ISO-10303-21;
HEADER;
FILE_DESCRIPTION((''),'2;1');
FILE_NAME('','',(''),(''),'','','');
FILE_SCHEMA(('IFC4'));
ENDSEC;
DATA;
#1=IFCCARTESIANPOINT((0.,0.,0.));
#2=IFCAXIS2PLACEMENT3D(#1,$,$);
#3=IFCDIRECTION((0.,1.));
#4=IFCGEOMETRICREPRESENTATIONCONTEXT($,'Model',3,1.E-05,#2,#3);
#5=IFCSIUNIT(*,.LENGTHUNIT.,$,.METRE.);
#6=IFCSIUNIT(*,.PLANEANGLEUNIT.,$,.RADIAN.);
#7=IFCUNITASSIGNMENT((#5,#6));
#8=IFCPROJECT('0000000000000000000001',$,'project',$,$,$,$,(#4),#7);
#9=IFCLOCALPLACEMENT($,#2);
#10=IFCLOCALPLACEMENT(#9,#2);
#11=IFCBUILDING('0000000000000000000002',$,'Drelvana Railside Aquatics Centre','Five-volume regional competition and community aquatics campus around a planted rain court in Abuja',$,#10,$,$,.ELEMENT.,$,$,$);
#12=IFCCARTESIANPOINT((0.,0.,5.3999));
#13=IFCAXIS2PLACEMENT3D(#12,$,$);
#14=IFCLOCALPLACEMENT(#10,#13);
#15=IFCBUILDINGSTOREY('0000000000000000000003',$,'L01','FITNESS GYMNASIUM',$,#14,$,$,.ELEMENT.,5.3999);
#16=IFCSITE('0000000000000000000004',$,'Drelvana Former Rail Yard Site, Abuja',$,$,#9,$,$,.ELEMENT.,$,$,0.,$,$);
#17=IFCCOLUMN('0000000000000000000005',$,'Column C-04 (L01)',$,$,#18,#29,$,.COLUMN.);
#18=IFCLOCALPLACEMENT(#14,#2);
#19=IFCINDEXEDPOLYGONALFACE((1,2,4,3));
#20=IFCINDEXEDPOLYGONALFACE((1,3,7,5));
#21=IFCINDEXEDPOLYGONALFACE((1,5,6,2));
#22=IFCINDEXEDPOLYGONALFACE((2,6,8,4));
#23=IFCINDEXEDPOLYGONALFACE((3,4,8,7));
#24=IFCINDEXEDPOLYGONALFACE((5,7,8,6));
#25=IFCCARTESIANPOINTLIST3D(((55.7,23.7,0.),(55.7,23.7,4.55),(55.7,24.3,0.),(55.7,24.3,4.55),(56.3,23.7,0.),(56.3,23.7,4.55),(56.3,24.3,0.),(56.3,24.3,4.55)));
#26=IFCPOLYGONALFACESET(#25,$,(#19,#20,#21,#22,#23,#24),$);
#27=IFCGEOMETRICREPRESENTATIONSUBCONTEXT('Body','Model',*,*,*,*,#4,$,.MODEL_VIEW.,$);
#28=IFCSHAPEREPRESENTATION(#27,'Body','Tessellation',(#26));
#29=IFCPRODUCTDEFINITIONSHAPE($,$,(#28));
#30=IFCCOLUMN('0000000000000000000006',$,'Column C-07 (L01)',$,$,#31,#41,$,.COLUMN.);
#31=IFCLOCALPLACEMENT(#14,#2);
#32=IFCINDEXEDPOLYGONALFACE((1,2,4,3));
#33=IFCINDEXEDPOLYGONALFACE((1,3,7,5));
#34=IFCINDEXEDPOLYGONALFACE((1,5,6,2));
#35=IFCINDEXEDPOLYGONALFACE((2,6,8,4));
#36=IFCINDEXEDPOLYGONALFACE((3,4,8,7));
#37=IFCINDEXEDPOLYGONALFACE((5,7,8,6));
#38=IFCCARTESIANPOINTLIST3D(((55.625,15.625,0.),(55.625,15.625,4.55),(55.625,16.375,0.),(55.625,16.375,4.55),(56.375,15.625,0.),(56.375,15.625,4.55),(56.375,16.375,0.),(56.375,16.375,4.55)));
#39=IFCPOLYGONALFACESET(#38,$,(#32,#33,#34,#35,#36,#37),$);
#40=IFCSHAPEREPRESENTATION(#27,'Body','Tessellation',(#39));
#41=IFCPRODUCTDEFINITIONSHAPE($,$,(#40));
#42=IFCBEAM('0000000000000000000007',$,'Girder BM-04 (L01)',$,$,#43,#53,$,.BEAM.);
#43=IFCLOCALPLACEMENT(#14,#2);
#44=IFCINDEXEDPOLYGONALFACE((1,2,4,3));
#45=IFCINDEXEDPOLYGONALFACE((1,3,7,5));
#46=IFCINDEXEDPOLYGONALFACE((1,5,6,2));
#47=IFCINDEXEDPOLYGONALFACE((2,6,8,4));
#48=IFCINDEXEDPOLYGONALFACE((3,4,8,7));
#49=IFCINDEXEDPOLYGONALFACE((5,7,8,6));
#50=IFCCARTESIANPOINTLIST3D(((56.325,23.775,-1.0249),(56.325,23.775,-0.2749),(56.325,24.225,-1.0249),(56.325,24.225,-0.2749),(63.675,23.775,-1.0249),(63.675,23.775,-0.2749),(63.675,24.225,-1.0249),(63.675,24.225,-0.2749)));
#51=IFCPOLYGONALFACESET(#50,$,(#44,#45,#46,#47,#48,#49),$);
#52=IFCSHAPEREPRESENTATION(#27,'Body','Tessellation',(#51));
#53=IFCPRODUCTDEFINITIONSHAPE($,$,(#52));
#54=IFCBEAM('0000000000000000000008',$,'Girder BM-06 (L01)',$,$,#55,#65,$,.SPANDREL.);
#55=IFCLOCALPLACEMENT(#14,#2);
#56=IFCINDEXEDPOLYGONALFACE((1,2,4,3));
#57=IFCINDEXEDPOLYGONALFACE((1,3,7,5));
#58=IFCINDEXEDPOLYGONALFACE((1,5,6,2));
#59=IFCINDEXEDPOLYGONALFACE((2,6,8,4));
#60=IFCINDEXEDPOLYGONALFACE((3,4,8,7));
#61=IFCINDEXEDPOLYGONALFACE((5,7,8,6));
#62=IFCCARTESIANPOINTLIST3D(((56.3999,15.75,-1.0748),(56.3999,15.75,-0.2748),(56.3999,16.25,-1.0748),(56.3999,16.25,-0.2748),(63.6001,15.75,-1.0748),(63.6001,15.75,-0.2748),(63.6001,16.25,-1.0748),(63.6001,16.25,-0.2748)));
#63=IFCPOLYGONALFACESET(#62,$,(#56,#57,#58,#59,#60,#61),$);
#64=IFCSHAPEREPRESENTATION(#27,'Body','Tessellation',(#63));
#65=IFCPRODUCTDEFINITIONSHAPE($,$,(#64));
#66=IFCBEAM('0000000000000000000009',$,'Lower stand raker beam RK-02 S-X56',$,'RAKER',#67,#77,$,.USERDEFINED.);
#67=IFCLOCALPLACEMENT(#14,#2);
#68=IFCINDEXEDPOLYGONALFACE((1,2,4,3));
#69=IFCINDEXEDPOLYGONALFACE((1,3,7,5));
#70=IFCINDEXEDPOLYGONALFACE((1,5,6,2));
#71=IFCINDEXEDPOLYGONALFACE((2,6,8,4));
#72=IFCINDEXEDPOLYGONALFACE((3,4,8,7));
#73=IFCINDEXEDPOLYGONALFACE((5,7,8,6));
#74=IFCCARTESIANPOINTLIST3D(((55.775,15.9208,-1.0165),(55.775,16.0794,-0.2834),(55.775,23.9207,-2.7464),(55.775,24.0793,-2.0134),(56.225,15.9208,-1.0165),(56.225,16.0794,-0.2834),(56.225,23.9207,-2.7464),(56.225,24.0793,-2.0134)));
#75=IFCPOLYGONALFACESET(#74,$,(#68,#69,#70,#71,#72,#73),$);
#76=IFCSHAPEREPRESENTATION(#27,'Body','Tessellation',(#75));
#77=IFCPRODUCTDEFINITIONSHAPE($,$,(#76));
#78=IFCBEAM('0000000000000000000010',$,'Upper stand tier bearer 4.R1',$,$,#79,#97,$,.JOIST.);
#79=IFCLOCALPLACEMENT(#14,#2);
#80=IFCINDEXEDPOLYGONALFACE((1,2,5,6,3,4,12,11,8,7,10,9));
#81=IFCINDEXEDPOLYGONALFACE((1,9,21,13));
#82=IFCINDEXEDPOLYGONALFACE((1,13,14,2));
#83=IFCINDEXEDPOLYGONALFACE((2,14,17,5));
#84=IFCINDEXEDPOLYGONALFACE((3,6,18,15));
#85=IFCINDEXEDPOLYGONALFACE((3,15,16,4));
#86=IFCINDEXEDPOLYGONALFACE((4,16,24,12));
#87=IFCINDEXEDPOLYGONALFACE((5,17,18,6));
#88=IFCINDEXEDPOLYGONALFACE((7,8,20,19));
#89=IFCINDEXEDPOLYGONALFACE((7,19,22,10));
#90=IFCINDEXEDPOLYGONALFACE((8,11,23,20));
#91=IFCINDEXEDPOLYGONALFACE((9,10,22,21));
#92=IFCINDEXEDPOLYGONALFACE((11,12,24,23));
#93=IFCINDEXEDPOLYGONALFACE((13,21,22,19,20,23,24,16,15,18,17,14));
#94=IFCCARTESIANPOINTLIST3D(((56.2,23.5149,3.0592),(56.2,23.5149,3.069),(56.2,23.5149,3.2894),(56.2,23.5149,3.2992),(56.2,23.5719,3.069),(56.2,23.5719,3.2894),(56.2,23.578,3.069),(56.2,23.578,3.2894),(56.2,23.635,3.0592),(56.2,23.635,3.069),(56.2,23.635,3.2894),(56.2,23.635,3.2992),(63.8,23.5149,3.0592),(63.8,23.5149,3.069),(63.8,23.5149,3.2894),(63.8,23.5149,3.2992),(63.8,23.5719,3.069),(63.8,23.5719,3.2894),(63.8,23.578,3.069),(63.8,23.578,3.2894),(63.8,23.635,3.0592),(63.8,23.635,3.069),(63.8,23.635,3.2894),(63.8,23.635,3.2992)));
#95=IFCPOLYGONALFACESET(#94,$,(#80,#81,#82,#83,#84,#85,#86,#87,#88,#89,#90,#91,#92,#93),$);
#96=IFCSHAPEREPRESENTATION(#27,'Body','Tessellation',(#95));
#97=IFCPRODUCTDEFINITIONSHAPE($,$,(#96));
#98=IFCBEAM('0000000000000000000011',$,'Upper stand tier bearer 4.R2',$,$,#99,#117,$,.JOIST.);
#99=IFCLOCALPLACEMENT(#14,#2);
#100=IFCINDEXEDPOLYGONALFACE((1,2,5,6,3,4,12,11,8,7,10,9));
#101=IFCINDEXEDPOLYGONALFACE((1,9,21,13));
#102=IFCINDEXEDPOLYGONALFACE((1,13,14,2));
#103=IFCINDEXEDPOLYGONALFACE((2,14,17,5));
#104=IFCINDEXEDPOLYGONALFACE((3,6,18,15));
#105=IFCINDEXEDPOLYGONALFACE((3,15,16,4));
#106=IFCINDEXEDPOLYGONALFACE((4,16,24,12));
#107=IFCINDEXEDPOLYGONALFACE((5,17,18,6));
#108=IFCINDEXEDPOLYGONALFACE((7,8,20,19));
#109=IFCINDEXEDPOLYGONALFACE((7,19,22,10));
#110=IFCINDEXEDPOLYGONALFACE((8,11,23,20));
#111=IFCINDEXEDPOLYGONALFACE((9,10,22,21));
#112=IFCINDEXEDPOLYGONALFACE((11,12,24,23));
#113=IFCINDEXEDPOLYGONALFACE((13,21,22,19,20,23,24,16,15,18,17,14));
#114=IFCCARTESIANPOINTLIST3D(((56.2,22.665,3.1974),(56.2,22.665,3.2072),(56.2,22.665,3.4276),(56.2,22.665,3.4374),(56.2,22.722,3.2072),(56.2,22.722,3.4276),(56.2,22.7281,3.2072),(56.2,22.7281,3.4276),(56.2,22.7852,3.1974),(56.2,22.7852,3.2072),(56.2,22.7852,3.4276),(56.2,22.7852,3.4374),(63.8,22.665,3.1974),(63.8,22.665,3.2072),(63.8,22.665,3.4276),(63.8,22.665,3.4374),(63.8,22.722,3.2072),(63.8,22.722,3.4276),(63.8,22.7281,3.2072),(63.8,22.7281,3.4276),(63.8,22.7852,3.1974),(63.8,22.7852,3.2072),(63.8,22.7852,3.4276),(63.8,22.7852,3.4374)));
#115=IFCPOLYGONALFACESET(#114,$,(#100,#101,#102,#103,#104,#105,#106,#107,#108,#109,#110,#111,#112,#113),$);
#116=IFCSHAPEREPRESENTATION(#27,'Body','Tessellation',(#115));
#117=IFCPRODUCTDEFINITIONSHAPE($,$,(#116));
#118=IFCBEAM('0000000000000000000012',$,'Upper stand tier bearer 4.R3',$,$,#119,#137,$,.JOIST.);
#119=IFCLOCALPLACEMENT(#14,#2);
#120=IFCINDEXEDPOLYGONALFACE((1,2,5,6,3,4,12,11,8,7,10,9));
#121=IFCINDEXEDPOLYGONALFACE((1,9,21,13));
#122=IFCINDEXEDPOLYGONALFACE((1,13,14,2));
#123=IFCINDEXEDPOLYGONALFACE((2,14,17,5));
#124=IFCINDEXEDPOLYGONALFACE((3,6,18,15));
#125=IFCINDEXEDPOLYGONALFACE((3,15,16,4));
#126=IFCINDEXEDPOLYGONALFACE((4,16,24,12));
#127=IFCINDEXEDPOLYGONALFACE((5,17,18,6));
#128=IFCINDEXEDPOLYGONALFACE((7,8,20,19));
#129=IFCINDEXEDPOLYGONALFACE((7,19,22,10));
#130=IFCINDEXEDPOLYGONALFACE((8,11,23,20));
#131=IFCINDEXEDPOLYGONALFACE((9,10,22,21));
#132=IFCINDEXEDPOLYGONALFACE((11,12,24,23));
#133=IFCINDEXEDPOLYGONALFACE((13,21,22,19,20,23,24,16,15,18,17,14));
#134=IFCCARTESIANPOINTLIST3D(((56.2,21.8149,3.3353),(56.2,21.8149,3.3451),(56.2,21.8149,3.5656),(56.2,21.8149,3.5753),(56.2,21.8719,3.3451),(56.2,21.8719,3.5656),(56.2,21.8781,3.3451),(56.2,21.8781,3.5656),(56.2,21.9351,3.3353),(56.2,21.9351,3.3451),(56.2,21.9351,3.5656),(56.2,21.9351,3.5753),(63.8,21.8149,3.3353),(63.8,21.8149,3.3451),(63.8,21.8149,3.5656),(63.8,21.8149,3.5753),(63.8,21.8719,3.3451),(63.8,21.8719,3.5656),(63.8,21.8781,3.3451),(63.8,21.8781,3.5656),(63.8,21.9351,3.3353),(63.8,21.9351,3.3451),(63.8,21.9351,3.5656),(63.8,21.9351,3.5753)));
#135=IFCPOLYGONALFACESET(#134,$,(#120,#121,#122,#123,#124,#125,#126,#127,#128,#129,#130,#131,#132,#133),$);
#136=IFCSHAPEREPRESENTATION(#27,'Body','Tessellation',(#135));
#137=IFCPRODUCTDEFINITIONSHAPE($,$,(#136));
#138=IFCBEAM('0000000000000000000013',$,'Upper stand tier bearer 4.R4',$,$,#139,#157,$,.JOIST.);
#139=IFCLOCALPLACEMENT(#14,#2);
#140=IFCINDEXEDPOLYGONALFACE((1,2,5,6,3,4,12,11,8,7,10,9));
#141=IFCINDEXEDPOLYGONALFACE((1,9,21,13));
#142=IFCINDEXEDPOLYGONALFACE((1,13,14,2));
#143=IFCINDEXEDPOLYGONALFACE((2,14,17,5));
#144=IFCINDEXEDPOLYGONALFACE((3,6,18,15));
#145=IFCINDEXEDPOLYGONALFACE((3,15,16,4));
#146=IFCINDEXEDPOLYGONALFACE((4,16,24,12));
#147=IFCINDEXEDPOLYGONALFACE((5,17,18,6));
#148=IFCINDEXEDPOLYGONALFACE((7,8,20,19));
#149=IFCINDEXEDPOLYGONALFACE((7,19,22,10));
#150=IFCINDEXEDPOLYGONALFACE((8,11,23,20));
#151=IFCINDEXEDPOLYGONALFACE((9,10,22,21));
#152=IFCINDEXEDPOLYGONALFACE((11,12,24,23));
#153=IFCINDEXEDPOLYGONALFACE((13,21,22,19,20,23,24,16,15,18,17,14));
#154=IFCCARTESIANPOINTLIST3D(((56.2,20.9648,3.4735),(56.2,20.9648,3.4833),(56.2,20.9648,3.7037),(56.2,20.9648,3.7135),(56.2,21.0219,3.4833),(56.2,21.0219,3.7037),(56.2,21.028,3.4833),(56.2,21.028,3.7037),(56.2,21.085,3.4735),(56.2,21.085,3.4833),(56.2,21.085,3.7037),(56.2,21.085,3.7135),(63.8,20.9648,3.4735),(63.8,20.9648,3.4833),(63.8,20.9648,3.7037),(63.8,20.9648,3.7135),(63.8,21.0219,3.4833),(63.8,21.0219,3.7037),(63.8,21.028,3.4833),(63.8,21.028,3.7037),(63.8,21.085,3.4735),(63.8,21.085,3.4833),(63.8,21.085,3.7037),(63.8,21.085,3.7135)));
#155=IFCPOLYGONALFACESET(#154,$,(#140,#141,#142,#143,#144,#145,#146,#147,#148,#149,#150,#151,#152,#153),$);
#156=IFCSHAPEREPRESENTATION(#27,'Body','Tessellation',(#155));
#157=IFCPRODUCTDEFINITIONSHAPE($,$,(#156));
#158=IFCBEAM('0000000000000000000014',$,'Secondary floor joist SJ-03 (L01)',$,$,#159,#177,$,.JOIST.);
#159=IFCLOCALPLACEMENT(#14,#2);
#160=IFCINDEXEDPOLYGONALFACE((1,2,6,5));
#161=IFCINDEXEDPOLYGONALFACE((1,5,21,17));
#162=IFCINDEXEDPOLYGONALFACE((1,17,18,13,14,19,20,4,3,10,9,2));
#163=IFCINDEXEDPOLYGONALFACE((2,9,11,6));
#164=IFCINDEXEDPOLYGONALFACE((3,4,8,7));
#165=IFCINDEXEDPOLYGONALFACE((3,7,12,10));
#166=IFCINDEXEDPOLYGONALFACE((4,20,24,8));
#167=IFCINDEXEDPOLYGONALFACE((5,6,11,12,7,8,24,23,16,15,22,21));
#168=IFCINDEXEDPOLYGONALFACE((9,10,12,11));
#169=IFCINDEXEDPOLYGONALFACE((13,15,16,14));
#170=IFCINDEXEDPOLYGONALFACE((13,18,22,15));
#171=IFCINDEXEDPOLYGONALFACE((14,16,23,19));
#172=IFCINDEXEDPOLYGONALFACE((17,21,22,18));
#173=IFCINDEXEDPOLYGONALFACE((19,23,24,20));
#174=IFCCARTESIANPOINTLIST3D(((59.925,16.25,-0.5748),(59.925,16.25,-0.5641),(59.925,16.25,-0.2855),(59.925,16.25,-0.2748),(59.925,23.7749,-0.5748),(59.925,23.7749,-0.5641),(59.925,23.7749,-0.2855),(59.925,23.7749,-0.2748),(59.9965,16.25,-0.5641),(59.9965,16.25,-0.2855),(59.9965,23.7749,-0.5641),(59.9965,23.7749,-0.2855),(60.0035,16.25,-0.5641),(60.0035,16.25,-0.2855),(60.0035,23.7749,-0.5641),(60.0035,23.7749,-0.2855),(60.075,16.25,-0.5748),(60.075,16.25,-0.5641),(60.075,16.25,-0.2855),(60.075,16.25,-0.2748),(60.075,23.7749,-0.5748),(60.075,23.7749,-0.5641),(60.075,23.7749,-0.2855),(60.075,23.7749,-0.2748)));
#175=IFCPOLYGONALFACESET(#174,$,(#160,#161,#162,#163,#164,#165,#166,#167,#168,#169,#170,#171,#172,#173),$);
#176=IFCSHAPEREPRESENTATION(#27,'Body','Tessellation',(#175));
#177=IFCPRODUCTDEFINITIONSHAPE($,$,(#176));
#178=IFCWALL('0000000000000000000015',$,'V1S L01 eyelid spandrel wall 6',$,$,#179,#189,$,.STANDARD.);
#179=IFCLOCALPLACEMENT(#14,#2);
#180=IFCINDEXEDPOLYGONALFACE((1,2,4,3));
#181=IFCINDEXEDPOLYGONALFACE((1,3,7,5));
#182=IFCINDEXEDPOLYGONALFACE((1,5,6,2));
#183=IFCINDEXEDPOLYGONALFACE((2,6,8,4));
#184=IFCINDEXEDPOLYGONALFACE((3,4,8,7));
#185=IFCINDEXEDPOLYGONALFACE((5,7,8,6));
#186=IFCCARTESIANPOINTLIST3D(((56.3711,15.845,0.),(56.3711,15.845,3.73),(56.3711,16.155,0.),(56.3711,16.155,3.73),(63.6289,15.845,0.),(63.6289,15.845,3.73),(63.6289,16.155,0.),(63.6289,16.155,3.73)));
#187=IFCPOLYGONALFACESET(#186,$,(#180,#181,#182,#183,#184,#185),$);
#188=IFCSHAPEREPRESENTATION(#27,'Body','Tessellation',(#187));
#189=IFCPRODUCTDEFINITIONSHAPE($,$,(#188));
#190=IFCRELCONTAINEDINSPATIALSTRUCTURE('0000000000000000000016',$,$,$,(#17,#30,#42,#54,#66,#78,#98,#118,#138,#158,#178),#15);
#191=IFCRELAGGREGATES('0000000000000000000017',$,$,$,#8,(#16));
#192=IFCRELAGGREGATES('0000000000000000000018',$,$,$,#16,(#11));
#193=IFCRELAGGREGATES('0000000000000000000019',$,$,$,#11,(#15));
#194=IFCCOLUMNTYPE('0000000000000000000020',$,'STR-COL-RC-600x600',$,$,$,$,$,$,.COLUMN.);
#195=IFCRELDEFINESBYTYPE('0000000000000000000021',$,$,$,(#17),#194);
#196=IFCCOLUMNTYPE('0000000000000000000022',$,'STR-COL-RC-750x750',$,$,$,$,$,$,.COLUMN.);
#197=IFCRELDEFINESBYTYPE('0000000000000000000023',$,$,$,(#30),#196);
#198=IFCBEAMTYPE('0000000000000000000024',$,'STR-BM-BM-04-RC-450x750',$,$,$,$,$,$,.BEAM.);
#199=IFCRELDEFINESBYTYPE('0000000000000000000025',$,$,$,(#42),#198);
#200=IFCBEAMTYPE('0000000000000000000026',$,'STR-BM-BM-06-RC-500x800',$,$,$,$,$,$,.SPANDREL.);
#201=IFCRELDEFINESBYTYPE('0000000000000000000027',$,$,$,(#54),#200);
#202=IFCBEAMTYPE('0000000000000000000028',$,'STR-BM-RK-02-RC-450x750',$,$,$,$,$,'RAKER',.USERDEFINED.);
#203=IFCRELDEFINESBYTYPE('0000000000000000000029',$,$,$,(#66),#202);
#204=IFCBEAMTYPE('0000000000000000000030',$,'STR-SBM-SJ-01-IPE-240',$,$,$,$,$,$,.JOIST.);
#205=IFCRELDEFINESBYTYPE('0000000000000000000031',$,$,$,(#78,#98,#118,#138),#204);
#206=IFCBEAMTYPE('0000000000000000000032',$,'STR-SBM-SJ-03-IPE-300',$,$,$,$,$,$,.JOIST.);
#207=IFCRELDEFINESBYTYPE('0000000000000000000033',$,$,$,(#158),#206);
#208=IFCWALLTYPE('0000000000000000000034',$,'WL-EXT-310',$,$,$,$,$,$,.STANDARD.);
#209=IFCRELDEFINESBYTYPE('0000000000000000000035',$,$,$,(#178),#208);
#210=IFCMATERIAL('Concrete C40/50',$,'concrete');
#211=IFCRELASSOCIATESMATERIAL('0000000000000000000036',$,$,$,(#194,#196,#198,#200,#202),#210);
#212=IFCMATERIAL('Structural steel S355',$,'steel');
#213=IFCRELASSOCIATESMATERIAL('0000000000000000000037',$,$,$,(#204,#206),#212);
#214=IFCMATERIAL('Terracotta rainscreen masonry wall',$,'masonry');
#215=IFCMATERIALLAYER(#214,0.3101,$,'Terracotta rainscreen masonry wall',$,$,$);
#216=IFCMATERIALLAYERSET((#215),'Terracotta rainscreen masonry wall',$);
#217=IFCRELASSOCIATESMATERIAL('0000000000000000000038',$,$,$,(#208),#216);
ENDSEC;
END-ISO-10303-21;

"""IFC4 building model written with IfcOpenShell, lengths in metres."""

from ifc_helpers import new_model, si_unit, direction, frame, frame_2d, origin, origin_2d, place, context, subcontext, project, spatial, rectangle, i_section, extrude, material, layer, layer_set, material_profile, profile_set, type_object, element, save


model = new_model("IFC4")

# Units and contexts
model_context = context("Model", 3, precision=1e-05, world=origin(), true_north=direction((0.0, 1.0)))
body_context = subcontext(model_context, "Body", "Model", "MODEL_VIEW")
ifc_project = project(units=[si_unit("LENGTHUNIT", "METRE"), si_unit("PLANEANGLEUNIT", "RADIAN")], contexts=[model_context])

# Site, building, storey
site_placement = place(None, origin())
site = spatial("IfcSite", under=ifc_project, at=site_placement, Name="Drelvana Former Rail Yard Site, Abuja", CompositionType="ELEMENT", RefElevation=0.0)
building_placement = place(site_placement, origin())
building = spatial("IfcBuilding", under=site, at=building_placement, Name="Drelvana Railside Aquatics Centre", Description="Five-volume regional competition and community aquatics campus around a planted rain court in Abuja", CompositionType="ELEMENT")
storey_placement = place(building_placement, frame((0.0, 0.0, 5.3999)))
storey = spatial("IfcBuildingStorey", under=building, at=storey_placement, Name="L01", Description="FITNESS GYMNASIUM", CompositionType="ELEMENT", Elevation=5.3999)

# Columns
ifc_material_1 = material(Name="Concrete C40/50", Category="concrete")
ifc_material_profile_1 = material_profile(ifc_material_1, rectangle(XDim=0.6001, YDim=0.6001, at=origin_2d()), Name="RC 600x600")
ifc_profile_set_1 = profile_set([ifc_material_profile_1], Name="Concrete C40/50")
column_type_1 = type_object("IfcColumnType", Name="STR-COL-RC-600x600", PredefinedType="COLUMN", material=ifc_profile_set_1)
column_1_placement = place(storey_placement, frame((56.0, 24.0, 0.0), z_axis=(0.0, 0.0, 1.0), x_axis=(1.0, 0.0, 0.0)))
element("IfcColumn", 1, at=column_1_placement, inside=storey, type_object=column_type_1, Name="Column C-04 (L01)", PredefinedType="COLUMN", context=body_context, shape_type="SweptSolid", body=[
    extrude(rectangle(XDim=0.6001, YDim=0.6001, at=origin_2d()), origin(), (0.0, 0.0, 1.0), 4.55),
])
ifc_material_profile_2 = material_profile(ifc_material_1, rectangle(XDim=0.75, YDim=0.75, at=origin_2d()), Name="RC 750x750")
ifc_profile_set_2 = profile_set([ifc_material_profile_2], Name="Concrete C40/50")
column_type_2 = type_object("IfcColumnType", Name="STR-COL-RC-750x750", PredefinedType="COLUMN", material=ifc_profile_set_2)
column_2_placement = place(storey_placement, frame((56.0, 16.0, 0.0), z_axis=(0.0, 0.0, 1.0), x_axis=(1.0, 0.0, 0.0)))
element("IfcColumn", 2, at=column_2_placement, inside=storey, type_object=column_type_2, Name="Column C-07 (L01)", PredefinedType="COLUMN", context=body_context, shape_type="SweptSolid", body=[
    extrude(rectangle(XDim=0.75, YDim=0.75, at=origin_2d()), origin(), (0.0, 0.0, 1.0), 4.55),
])

# Beams
ifc_material_profile_3 = material_profile(ifc_material_1, rectangle(XDim=0.45, YDim=0.75, at=origin_2d()), Name="RC 450x750")
ifc_profile_set_3 = profile_set([ifc_material_profile_3], Name="Concrete C40/50")
beam_type_1 = type_object("IfcBeamType", Name="STR-BM-BM-04-RC-450x750", PredefinedType="BEAM", material=ifc_profile_set_3)
beam_1_placement = place(storey_placement, frame((56.325, 24.0, -0.6499), z_axis=(1.0, 0.0, 0.0), x_axis=(0.0, 1.0, 0.0)))
element("IfcBeam", 3, at=beam_1_placement, inside=storey, type_object=beam_type_1, Name="Girder BM-04 (L01)", PredefinedType="BEAM", context=body_context, shape_type="SweptSolid", body=[
    extrude(rectangle(XDim=0.45, YDim=0.75, at=origin_2d()), origin(), (0.0, 0.0, 1.0), 7.3501),
])
ifc_material_profile_4 = material_profile(ifc_material_1, rectangle(XDim=0.5, YDim=0.8, at=origin_2d()), Name="RC 500x800")
ifc_profile_set_4 = profile_set([ifc_material_profile_4], Name="Concrete C40/50")
beam_type_2 = type_object("IfcBeamType", Name="STR-BM-BM-06-RC-500x800", PredefinedType="SPANDREL", material=ifc_profile_set_4)
beam_2_placement = place(storey_placement, frame((56.3999, 16.0, -0.6748), z_axis=(1.0, 0.0, 0.0), x_axis=(0.0, 1.0, 0.0)))
element("IfcBeam", 4, at=beam_2_placement, inside=storey, type_object=beam_type_2, Name="Girder BM-06 (L01)", PredefinedType="SPANDREL", context=body_context, shape_type="SweptSolid", body=[
    extrude(rectangle(XDim=0.5, YDim=0.8, at=origin_2d()), origin(), (0.0, 0.0, 1.0), 7.2002),
])
ifc_material_profile_5 = material_profile(ifc_material_1, rectangle(XDim=0.45, YDim=0.75, at=origin_2d()), Name="RC 450x750")
ifc_profile_set_5 = profile_set([ifc_material_profile_5], Name="Concrete C40/50")
beam_type_3 = type_object("IfcBeamType", Name="STR-BM-RK-02-RC-450x750", ElementType="RAKER", PredefinedType="USERDEFINED", material=ifc_profile_set_5)
beam_3_placement = place(storey_placement, frame((56.0, 24.0, -2.3799), z_axis=(0.0, -0.977408, 0.211362), x_axis=(1.0, 0.0, 0.0)))
element("IfcBeam", 5, at=beam_3_placement, inside=storey, type_object=beam_type_3, Name="Lower stand raker beam RK-02 S-X56", ObjectType="RAKER", PredefinedType="USERDEFINED", context=body_context, shape_type="SweptSolid", body=[
    extrude(rectangle(XDim=0.45, YDim=0.75, at=origin_2d()), origin(), (0.0, 0.0, 1.0), 8.1848),
])
ifc_material_2 = material(Name="Structural steel S355", Category="steel")
ifc_material_profile_6 = material_profile(ifc_material_2, i_section(OverallWidth=0.1201, OverallDepth=0.24, WebThickness=0.0061, FlangeThickness=0.0098, at=origin_2d()), Name="IPE 240")
ifc_profile_set_6 = profile_set([ifc_material_profile_6], Name="Structural steel S355")
beam_type_4 = type_object("IfcBeamType", Name="STR-SBM-SJ-01-IPE-240", PredefinedType="JOIST", material=ifc_profile_set_6)
for number, where, z_axis, x_axis, name in (
    (6, (56.2, 23.575, 3.1792), (1.0, 0.0, 0.0), (0.0, 1.0, 0.0), "Upper stand tier bearer 4.R1"),
    (7, (56.2, 22.7251, 3.3174), (1.0, 0.0, 0.0), (0.0, 1.0, 0.0), "Upper stand tier bearer 4.R2"),
    (8, (56.2, 21.875, 3.4553), (1.0, 0.0, 0.0), (0.0, 1.0, 0.0), "Upper stand tier bearer 4.R3"),
    (9, (56.2, 21.0249, 3.5935), (1.0, 0.0, 0.0), (0.0, 1.0, 0.0), "Upper stand tier bearer 4.R4"),
):
    element("IfcBeam", number, at=place(storey_placement, frame(where, z_axis=z_axis, x_axis=x_axis)), inside=storey, type_object=beam_type_4, Name=name, PredefinedType="JOIST", context=body_context, shape_type="SweptSolid", body=[
        extrude(i_section(OverallWidth=0.1201, OverallDepth=0.24, WebThickness=0.0061, FlangeThickness=0.0098, at=origin_2d()), origin(), (0.0, 0.0, 1.0), 7.6001),
    ])
ifc_material_profile_7 = material_profile(ifc_material_2, i_section(OverallWidth=0.1499, OverallDepth=0.3, WebThickness=0.0071, FlangeThickness=0.0107, at=origin_2d()), Name="IPE 300")
ifc_profile_set_7 = profile_set([ifc_material_profile_7], Name="Structural steel S355")
beam_type_5 = type_object("IfcBeamType", Name="STR-SBM-SJ-03-IPE-300", PredefinedType="JOIST", material=ifc_profile_set_7)
beam_4_placement = place(storey_placement, frame((60.0, 16.25, -0.4248), z_axis=(0.0, 1.0, 0.0), x_axis=(-1.0, 0.0, 0.0)))
element("IfcBeam", 10, at=beam_4_placement, inside=storey, type_object=beam_type_5, Name="Secondary floor joist SJ-03 (L01)", PredefinedType="JOIST", context=body_context, shape_type="SweptSolid", body=[
    extrude(i_section(OverallWidth=0.1499, OverallDepth=0.3, WebThickness=0.0071, FlangeThickness=0.0107, at=origin_2d()), origin(), (0.0, 0.0, 1.0), 7.5249),
])

# Wall
ifc_material_3 = material(Name="Terracotta rainscreen masonry wall", Category="masonry")
ifc_layer_1 = layer(ifc_material_3, 0.3101, Name="Terracotta rainscreen masonry wall")
ifc_layer_set_1 = layer_set([ifc_layer_1], Name="Terracotta rainscreen masonry wall")
wall_type = type_object("IfcWallType", Name="WL-EXT-310", PredefinedType="STANDARD", material=ifc_layer_set_1)
wall_placement = place(storey_placement, frame((56.3711, 16.0, 0.0), z_axis=(0.0, 0.0, 1.0), x_axis=(1.0, 0.0, 0.0)))
element("IfcWall", 11, at=wall_placement, inside=storey, type_object=wall_type, Name="V1S L01 eyelid spandrel wall 6", PredefinedType="STANDARD", context=body_context, shape_type="SweptSolid", body=[
    extrude(rectangle(XDim=7.2578, YDim=0.3101, at=frame_2d((3.6289, 0.0))), origin(), (0.0, 0.0, 1.0), 3.73),
])

save(model, "model.ifc")
